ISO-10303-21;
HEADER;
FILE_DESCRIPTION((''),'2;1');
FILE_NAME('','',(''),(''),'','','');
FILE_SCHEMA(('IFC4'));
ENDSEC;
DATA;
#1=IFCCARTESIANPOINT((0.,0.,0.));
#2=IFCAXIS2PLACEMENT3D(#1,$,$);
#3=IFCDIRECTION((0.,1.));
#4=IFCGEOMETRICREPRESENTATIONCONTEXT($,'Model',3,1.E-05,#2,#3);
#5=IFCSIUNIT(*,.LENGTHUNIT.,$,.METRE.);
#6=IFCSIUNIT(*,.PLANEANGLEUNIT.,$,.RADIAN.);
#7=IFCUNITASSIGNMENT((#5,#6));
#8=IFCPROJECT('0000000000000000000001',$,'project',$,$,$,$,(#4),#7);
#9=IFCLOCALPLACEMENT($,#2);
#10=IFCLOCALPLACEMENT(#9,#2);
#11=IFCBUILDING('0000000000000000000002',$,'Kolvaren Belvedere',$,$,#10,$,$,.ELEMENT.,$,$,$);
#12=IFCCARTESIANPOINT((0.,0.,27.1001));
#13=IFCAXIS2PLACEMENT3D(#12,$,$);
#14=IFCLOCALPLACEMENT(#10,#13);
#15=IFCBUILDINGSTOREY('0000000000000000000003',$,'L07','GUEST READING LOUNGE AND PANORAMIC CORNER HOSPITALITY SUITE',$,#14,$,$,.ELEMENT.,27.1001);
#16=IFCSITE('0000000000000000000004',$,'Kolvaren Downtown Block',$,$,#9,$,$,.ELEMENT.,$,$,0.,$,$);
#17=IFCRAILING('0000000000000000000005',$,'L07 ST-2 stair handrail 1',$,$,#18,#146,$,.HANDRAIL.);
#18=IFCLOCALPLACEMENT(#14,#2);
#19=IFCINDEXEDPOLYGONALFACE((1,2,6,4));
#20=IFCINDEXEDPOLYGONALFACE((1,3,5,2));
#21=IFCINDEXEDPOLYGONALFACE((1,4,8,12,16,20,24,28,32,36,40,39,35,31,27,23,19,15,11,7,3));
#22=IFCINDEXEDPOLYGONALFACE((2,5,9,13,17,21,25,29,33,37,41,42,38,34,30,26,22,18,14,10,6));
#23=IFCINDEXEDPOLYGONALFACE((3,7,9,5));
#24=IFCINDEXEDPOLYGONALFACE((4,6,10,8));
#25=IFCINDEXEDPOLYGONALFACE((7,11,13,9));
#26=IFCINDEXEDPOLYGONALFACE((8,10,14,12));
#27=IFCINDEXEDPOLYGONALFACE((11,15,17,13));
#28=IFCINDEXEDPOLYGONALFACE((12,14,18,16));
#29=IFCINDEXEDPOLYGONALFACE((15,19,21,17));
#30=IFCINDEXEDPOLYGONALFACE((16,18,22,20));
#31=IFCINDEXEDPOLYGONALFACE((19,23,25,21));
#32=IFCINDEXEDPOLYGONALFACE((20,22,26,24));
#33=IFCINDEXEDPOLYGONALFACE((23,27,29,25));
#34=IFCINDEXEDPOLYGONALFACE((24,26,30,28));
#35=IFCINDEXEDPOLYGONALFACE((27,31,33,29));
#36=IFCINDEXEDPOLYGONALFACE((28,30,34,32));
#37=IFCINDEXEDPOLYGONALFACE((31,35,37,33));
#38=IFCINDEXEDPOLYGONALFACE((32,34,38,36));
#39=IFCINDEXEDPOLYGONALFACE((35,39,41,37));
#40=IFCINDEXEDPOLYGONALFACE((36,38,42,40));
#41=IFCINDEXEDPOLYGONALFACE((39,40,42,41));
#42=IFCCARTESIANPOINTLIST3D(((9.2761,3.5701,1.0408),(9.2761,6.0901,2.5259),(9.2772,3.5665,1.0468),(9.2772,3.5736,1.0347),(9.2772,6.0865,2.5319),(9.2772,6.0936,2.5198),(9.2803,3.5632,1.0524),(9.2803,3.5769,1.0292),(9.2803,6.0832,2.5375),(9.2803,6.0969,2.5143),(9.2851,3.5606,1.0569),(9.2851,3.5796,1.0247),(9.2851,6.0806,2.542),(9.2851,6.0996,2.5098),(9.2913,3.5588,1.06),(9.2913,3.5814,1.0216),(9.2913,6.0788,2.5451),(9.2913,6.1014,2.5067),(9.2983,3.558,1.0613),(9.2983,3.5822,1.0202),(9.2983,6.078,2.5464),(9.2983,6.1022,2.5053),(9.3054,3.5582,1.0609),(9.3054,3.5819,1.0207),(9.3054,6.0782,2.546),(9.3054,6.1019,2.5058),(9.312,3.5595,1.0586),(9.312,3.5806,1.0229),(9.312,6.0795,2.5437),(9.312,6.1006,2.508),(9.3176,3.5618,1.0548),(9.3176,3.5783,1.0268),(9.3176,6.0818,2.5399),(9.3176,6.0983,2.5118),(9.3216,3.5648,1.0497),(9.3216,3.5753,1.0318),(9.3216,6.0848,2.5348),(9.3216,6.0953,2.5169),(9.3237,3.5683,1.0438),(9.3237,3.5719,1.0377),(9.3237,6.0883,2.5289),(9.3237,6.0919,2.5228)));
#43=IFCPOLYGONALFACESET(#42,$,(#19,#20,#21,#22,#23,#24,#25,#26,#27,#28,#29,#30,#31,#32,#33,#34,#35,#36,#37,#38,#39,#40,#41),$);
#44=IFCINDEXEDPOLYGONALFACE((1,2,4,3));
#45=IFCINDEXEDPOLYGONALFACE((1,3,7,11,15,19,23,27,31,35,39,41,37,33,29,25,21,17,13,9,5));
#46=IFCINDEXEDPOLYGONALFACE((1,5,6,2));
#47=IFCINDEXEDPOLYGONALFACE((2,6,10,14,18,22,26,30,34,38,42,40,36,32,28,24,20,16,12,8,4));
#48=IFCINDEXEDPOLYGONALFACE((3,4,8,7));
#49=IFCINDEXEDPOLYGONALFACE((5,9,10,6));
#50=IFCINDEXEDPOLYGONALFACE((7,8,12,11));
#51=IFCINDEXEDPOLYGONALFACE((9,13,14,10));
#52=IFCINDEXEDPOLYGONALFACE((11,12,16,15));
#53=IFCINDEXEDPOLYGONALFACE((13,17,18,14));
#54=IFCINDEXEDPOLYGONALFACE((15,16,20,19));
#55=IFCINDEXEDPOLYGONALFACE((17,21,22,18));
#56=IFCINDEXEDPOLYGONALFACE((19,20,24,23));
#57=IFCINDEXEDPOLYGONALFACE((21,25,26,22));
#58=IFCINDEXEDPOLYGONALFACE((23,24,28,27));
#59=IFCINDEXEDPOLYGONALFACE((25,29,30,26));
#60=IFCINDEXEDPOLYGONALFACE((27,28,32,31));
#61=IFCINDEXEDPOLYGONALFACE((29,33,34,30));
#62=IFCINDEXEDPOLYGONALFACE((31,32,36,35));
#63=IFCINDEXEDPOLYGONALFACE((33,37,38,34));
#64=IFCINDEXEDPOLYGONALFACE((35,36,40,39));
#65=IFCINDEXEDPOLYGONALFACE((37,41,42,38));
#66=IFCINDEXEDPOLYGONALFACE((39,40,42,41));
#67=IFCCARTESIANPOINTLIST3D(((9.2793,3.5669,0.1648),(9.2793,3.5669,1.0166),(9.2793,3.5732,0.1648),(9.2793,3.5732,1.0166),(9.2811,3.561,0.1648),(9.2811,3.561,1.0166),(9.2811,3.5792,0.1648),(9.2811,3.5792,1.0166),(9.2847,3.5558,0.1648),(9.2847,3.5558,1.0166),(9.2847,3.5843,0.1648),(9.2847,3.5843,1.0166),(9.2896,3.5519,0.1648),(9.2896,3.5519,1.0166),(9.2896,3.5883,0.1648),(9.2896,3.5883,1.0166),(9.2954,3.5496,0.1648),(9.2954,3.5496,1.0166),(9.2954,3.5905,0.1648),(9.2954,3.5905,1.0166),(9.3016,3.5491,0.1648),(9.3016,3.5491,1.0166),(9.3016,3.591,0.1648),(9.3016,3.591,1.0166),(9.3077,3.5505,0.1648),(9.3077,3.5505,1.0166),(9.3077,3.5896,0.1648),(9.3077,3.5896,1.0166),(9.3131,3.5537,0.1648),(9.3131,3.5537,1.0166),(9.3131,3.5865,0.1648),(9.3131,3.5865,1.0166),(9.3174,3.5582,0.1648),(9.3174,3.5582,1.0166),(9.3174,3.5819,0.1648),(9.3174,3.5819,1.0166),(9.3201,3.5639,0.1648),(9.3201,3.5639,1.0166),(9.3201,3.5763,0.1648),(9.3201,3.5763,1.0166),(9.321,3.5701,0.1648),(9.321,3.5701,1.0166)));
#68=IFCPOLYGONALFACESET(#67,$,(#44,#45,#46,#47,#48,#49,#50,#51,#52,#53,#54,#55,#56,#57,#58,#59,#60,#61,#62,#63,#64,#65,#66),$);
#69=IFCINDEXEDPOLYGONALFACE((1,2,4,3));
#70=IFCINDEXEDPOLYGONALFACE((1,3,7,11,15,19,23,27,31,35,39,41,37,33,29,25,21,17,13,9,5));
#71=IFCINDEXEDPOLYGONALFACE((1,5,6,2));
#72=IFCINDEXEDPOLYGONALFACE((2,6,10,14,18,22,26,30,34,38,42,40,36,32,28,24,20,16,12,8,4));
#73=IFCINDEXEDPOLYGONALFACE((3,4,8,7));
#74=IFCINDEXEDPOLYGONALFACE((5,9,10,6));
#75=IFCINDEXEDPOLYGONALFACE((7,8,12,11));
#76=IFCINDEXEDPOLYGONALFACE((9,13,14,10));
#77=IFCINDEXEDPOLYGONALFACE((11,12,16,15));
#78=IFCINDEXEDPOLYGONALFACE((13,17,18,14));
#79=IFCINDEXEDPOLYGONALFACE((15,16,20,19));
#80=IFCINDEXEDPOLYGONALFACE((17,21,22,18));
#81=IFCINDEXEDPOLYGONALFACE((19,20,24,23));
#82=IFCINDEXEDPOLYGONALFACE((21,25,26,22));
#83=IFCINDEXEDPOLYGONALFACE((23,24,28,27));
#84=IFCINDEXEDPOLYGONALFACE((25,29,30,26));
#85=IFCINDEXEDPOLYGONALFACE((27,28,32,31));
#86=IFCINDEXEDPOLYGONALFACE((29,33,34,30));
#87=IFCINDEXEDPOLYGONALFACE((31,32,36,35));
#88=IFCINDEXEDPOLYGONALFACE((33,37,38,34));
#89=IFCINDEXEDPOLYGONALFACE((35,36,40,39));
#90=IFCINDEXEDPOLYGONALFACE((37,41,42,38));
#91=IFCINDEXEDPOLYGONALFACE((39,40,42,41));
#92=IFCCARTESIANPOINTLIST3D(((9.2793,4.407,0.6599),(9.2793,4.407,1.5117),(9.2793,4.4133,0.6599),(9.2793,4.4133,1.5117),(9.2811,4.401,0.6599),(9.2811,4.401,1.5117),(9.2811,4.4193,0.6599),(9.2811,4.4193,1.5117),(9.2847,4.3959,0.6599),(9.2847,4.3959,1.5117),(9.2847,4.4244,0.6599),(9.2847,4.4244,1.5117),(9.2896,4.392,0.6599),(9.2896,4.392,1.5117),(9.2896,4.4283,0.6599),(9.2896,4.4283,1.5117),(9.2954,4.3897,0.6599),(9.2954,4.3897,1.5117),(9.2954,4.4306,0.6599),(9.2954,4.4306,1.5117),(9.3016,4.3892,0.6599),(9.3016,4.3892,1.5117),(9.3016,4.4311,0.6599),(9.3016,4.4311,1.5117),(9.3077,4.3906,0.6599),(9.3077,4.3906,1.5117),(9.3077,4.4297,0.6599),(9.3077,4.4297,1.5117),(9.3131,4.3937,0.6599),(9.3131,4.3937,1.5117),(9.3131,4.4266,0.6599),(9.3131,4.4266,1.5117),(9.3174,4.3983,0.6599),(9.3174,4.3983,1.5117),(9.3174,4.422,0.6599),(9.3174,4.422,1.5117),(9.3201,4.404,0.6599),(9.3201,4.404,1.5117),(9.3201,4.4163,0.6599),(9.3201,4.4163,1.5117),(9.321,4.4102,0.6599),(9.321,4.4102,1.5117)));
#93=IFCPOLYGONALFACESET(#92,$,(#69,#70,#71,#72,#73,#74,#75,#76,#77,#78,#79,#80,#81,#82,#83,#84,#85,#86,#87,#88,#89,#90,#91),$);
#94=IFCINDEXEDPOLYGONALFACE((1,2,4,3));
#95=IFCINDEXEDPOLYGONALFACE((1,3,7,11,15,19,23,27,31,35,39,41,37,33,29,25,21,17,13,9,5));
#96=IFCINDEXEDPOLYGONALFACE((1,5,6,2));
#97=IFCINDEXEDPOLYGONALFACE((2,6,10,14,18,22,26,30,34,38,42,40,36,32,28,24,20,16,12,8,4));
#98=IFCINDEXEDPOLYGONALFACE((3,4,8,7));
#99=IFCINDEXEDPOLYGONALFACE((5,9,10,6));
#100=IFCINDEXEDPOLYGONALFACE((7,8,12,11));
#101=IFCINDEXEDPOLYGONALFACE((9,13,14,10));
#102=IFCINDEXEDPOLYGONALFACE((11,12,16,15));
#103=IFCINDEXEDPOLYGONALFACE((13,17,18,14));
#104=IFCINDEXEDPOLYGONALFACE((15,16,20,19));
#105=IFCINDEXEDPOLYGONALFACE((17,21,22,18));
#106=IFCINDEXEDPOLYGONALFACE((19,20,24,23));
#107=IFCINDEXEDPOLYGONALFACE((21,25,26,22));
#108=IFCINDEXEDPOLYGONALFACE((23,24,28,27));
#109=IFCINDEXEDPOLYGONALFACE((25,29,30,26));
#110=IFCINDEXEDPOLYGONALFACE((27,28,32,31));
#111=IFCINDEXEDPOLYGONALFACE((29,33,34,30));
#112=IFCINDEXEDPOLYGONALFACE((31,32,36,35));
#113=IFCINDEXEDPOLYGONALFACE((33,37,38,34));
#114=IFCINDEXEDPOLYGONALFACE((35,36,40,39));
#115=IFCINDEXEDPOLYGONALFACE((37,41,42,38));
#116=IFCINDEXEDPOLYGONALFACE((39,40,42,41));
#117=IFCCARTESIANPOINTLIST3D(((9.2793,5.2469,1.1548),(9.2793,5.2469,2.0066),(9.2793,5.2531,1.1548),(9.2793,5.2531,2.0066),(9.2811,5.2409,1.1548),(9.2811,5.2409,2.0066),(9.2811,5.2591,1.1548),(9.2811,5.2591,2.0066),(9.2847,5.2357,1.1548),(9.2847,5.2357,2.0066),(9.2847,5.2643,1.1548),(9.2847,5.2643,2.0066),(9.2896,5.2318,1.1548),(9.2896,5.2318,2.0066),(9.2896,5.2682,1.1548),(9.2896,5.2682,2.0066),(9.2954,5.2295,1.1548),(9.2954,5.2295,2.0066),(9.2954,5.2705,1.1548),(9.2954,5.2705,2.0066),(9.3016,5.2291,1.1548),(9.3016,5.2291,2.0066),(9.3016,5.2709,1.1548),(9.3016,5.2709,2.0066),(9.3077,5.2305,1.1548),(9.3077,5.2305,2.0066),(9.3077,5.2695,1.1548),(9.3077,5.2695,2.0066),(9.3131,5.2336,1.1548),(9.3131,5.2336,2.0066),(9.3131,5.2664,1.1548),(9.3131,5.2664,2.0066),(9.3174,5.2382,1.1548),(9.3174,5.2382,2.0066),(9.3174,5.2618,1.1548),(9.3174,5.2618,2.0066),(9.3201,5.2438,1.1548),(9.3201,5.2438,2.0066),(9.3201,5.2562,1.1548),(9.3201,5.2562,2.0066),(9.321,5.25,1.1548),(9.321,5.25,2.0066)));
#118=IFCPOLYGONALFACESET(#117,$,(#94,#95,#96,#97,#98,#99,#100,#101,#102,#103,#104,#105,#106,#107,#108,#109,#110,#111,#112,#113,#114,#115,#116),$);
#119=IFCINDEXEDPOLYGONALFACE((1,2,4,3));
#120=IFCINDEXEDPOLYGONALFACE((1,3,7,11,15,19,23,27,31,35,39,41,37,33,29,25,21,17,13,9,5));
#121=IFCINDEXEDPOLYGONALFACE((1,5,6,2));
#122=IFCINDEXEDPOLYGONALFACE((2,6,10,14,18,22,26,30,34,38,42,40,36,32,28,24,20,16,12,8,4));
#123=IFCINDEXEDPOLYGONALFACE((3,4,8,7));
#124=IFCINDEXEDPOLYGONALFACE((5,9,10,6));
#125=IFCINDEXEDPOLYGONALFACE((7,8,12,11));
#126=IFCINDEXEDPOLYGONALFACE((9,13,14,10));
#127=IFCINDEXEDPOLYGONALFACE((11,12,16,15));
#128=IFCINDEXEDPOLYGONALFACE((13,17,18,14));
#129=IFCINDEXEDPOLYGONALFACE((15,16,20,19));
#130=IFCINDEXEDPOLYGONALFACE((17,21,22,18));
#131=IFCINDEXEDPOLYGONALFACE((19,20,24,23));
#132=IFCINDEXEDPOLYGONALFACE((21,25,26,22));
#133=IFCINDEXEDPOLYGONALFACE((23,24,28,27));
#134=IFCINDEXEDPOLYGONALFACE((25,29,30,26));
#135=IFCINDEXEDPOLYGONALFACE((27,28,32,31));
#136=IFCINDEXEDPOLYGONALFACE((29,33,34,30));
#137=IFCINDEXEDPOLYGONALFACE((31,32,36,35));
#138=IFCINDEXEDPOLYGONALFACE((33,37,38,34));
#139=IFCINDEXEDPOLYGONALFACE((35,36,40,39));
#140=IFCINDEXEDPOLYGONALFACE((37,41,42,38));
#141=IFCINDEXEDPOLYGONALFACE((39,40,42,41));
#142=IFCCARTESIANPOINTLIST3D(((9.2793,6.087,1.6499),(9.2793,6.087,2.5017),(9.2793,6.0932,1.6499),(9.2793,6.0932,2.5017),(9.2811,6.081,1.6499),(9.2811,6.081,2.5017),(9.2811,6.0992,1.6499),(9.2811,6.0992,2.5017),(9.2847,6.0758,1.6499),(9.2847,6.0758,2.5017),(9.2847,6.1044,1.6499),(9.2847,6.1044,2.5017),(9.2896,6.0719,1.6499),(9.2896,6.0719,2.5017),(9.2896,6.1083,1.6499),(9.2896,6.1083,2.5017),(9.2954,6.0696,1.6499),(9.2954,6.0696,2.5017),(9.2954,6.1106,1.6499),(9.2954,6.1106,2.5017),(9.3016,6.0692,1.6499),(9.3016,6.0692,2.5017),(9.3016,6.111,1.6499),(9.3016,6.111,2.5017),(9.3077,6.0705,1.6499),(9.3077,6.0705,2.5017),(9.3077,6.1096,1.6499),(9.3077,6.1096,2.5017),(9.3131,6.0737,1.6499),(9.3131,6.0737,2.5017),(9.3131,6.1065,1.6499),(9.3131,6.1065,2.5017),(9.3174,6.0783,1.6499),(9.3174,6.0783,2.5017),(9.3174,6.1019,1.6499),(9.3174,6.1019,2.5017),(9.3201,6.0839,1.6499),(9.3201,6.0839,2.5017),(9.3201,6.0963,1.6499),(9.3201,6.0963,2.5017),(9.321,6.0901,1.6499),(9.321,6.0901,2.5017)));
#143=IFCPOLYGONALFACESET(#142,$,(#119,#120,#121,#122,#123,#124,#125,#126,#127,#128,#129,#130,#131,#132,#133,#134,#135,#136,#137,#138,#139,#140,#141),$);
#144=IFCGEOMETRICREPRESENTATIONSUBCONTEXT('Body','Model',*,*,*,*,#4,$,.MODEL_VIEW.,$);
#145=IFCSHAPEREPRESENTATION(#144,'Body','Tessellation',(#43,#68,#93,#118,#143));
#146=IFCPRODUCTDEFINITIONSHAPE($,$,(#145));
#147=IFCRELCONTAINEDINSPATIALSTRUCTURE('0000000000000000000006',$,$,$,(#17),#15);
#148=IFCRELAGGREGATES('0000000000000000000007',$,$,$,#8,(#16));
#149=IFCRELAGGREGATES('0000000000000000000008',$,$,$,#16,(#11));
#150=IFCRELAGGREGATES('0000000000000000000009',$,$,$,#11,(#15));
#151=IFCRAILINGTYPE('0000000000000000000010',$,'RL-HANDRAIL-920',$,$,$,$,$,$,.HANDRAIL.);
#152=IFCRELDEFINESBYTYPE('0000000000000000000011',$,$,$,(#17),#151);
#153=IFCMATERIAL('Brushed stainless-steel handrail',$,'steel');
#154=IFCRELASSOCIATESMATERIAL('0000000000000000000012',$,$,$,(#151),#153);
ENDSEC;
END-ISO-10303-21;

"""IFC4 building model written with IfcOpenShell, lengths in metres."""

from ifc_helpers import new_model, si_unit, direction, frame, origin, origin_2d, place, context, subcontext, project, spatial, circle, extrude, material, type_object, element, save


model = new_model("IFC4")

# Units and contexts
model_context = context("Model", 3, precision=1e-05, world=origin(), true_north=direction((0.0, 1.0)))
body_context = subcontext(model_context, "Body", "Model", "MODEL_VIEW")
ifc_project = project(units=[si_unit("LENGTHUNIT", "METRE"), si_unit("PLANEANGLEUNIT", "RADIAN")], contexts=[model_context])

# Site, building, storey
site_placement = place(None, origin())
site = spatial("IfcSite", under=ifc_project, at=site_placement, Name="Kolvaren Downtown Block", CompositionType="ELEMENT", RefElevation=0.0)
building_placement = place(site_placement, origin())
building = spatial("IfcBuilding", under=site, at=building_placement, Name="Kolvaren Belvedere", CompositionType="ELEMENT")
storey_placement = place(building_placement, frame((0.0, 0.0, 27.1001)))
storey = spatial("IfcBuildingStorey", under=building, at=storey_placement, Name="L07", Description="GUEST READING LOUNGE AND PANORAMIC CORNER HOSPITALITY SUITE", CompositionType="ELEMENT", Elevation=27.1001)

# Railing
ifc_material_1 = material(Name="Brushed stainless-steel handrail", Category="steel")
railing_type_1 = type_object("IfcRailingType", Name="RL-HANDRAIL-920", PredefinedType="HANDRAIL", material=ifc_material_1)
railing_1_placement = place(storey_placement, frame((9.3, 3.5701, 0.1648)))
element("IfcRailing", 1, at=railing_1_placement, inside=storey, type_object=railing_type_1, Name="L07 ST-2 stair handrail 1", PredefinedType="HANDRAIL", context=body_context, shape_type="SweptSolid", body=[
    extrude(circle(Radius=0.0239, at=origin_2d()), frame((0.0, 0.0, 0.876), z_axis=(0.0, 0.861524, 0.507717), x_axis=(-1.0, 0.0, 0.0)), (0.0, 0.0, 1.0), 2.925),
    extrude(circle(Radius=0.021, at=origin_2d()), origin(), (0.0, 0.0, 1.0), 0.8518),
    extrude(circle(Radius=0.021, at=origin_2d()), frame((0.0, 0.8401, 0.4951)), (0.0, 0.0, 1.0), 0.8518),
    extrude(circle(Radius=0.021, at=origin_2d()), frame((0.0, 1.6799, 0.99)), (0.0, 0.0, 1.0), 0.8518),
    extrude(circle(Radius=0.021, at=origin_2d()), frame((0.0, 2.52, 1.4851)), (0.0, 0.0, 1.0), 0.8518),
])

save(model, "model.ifc")
